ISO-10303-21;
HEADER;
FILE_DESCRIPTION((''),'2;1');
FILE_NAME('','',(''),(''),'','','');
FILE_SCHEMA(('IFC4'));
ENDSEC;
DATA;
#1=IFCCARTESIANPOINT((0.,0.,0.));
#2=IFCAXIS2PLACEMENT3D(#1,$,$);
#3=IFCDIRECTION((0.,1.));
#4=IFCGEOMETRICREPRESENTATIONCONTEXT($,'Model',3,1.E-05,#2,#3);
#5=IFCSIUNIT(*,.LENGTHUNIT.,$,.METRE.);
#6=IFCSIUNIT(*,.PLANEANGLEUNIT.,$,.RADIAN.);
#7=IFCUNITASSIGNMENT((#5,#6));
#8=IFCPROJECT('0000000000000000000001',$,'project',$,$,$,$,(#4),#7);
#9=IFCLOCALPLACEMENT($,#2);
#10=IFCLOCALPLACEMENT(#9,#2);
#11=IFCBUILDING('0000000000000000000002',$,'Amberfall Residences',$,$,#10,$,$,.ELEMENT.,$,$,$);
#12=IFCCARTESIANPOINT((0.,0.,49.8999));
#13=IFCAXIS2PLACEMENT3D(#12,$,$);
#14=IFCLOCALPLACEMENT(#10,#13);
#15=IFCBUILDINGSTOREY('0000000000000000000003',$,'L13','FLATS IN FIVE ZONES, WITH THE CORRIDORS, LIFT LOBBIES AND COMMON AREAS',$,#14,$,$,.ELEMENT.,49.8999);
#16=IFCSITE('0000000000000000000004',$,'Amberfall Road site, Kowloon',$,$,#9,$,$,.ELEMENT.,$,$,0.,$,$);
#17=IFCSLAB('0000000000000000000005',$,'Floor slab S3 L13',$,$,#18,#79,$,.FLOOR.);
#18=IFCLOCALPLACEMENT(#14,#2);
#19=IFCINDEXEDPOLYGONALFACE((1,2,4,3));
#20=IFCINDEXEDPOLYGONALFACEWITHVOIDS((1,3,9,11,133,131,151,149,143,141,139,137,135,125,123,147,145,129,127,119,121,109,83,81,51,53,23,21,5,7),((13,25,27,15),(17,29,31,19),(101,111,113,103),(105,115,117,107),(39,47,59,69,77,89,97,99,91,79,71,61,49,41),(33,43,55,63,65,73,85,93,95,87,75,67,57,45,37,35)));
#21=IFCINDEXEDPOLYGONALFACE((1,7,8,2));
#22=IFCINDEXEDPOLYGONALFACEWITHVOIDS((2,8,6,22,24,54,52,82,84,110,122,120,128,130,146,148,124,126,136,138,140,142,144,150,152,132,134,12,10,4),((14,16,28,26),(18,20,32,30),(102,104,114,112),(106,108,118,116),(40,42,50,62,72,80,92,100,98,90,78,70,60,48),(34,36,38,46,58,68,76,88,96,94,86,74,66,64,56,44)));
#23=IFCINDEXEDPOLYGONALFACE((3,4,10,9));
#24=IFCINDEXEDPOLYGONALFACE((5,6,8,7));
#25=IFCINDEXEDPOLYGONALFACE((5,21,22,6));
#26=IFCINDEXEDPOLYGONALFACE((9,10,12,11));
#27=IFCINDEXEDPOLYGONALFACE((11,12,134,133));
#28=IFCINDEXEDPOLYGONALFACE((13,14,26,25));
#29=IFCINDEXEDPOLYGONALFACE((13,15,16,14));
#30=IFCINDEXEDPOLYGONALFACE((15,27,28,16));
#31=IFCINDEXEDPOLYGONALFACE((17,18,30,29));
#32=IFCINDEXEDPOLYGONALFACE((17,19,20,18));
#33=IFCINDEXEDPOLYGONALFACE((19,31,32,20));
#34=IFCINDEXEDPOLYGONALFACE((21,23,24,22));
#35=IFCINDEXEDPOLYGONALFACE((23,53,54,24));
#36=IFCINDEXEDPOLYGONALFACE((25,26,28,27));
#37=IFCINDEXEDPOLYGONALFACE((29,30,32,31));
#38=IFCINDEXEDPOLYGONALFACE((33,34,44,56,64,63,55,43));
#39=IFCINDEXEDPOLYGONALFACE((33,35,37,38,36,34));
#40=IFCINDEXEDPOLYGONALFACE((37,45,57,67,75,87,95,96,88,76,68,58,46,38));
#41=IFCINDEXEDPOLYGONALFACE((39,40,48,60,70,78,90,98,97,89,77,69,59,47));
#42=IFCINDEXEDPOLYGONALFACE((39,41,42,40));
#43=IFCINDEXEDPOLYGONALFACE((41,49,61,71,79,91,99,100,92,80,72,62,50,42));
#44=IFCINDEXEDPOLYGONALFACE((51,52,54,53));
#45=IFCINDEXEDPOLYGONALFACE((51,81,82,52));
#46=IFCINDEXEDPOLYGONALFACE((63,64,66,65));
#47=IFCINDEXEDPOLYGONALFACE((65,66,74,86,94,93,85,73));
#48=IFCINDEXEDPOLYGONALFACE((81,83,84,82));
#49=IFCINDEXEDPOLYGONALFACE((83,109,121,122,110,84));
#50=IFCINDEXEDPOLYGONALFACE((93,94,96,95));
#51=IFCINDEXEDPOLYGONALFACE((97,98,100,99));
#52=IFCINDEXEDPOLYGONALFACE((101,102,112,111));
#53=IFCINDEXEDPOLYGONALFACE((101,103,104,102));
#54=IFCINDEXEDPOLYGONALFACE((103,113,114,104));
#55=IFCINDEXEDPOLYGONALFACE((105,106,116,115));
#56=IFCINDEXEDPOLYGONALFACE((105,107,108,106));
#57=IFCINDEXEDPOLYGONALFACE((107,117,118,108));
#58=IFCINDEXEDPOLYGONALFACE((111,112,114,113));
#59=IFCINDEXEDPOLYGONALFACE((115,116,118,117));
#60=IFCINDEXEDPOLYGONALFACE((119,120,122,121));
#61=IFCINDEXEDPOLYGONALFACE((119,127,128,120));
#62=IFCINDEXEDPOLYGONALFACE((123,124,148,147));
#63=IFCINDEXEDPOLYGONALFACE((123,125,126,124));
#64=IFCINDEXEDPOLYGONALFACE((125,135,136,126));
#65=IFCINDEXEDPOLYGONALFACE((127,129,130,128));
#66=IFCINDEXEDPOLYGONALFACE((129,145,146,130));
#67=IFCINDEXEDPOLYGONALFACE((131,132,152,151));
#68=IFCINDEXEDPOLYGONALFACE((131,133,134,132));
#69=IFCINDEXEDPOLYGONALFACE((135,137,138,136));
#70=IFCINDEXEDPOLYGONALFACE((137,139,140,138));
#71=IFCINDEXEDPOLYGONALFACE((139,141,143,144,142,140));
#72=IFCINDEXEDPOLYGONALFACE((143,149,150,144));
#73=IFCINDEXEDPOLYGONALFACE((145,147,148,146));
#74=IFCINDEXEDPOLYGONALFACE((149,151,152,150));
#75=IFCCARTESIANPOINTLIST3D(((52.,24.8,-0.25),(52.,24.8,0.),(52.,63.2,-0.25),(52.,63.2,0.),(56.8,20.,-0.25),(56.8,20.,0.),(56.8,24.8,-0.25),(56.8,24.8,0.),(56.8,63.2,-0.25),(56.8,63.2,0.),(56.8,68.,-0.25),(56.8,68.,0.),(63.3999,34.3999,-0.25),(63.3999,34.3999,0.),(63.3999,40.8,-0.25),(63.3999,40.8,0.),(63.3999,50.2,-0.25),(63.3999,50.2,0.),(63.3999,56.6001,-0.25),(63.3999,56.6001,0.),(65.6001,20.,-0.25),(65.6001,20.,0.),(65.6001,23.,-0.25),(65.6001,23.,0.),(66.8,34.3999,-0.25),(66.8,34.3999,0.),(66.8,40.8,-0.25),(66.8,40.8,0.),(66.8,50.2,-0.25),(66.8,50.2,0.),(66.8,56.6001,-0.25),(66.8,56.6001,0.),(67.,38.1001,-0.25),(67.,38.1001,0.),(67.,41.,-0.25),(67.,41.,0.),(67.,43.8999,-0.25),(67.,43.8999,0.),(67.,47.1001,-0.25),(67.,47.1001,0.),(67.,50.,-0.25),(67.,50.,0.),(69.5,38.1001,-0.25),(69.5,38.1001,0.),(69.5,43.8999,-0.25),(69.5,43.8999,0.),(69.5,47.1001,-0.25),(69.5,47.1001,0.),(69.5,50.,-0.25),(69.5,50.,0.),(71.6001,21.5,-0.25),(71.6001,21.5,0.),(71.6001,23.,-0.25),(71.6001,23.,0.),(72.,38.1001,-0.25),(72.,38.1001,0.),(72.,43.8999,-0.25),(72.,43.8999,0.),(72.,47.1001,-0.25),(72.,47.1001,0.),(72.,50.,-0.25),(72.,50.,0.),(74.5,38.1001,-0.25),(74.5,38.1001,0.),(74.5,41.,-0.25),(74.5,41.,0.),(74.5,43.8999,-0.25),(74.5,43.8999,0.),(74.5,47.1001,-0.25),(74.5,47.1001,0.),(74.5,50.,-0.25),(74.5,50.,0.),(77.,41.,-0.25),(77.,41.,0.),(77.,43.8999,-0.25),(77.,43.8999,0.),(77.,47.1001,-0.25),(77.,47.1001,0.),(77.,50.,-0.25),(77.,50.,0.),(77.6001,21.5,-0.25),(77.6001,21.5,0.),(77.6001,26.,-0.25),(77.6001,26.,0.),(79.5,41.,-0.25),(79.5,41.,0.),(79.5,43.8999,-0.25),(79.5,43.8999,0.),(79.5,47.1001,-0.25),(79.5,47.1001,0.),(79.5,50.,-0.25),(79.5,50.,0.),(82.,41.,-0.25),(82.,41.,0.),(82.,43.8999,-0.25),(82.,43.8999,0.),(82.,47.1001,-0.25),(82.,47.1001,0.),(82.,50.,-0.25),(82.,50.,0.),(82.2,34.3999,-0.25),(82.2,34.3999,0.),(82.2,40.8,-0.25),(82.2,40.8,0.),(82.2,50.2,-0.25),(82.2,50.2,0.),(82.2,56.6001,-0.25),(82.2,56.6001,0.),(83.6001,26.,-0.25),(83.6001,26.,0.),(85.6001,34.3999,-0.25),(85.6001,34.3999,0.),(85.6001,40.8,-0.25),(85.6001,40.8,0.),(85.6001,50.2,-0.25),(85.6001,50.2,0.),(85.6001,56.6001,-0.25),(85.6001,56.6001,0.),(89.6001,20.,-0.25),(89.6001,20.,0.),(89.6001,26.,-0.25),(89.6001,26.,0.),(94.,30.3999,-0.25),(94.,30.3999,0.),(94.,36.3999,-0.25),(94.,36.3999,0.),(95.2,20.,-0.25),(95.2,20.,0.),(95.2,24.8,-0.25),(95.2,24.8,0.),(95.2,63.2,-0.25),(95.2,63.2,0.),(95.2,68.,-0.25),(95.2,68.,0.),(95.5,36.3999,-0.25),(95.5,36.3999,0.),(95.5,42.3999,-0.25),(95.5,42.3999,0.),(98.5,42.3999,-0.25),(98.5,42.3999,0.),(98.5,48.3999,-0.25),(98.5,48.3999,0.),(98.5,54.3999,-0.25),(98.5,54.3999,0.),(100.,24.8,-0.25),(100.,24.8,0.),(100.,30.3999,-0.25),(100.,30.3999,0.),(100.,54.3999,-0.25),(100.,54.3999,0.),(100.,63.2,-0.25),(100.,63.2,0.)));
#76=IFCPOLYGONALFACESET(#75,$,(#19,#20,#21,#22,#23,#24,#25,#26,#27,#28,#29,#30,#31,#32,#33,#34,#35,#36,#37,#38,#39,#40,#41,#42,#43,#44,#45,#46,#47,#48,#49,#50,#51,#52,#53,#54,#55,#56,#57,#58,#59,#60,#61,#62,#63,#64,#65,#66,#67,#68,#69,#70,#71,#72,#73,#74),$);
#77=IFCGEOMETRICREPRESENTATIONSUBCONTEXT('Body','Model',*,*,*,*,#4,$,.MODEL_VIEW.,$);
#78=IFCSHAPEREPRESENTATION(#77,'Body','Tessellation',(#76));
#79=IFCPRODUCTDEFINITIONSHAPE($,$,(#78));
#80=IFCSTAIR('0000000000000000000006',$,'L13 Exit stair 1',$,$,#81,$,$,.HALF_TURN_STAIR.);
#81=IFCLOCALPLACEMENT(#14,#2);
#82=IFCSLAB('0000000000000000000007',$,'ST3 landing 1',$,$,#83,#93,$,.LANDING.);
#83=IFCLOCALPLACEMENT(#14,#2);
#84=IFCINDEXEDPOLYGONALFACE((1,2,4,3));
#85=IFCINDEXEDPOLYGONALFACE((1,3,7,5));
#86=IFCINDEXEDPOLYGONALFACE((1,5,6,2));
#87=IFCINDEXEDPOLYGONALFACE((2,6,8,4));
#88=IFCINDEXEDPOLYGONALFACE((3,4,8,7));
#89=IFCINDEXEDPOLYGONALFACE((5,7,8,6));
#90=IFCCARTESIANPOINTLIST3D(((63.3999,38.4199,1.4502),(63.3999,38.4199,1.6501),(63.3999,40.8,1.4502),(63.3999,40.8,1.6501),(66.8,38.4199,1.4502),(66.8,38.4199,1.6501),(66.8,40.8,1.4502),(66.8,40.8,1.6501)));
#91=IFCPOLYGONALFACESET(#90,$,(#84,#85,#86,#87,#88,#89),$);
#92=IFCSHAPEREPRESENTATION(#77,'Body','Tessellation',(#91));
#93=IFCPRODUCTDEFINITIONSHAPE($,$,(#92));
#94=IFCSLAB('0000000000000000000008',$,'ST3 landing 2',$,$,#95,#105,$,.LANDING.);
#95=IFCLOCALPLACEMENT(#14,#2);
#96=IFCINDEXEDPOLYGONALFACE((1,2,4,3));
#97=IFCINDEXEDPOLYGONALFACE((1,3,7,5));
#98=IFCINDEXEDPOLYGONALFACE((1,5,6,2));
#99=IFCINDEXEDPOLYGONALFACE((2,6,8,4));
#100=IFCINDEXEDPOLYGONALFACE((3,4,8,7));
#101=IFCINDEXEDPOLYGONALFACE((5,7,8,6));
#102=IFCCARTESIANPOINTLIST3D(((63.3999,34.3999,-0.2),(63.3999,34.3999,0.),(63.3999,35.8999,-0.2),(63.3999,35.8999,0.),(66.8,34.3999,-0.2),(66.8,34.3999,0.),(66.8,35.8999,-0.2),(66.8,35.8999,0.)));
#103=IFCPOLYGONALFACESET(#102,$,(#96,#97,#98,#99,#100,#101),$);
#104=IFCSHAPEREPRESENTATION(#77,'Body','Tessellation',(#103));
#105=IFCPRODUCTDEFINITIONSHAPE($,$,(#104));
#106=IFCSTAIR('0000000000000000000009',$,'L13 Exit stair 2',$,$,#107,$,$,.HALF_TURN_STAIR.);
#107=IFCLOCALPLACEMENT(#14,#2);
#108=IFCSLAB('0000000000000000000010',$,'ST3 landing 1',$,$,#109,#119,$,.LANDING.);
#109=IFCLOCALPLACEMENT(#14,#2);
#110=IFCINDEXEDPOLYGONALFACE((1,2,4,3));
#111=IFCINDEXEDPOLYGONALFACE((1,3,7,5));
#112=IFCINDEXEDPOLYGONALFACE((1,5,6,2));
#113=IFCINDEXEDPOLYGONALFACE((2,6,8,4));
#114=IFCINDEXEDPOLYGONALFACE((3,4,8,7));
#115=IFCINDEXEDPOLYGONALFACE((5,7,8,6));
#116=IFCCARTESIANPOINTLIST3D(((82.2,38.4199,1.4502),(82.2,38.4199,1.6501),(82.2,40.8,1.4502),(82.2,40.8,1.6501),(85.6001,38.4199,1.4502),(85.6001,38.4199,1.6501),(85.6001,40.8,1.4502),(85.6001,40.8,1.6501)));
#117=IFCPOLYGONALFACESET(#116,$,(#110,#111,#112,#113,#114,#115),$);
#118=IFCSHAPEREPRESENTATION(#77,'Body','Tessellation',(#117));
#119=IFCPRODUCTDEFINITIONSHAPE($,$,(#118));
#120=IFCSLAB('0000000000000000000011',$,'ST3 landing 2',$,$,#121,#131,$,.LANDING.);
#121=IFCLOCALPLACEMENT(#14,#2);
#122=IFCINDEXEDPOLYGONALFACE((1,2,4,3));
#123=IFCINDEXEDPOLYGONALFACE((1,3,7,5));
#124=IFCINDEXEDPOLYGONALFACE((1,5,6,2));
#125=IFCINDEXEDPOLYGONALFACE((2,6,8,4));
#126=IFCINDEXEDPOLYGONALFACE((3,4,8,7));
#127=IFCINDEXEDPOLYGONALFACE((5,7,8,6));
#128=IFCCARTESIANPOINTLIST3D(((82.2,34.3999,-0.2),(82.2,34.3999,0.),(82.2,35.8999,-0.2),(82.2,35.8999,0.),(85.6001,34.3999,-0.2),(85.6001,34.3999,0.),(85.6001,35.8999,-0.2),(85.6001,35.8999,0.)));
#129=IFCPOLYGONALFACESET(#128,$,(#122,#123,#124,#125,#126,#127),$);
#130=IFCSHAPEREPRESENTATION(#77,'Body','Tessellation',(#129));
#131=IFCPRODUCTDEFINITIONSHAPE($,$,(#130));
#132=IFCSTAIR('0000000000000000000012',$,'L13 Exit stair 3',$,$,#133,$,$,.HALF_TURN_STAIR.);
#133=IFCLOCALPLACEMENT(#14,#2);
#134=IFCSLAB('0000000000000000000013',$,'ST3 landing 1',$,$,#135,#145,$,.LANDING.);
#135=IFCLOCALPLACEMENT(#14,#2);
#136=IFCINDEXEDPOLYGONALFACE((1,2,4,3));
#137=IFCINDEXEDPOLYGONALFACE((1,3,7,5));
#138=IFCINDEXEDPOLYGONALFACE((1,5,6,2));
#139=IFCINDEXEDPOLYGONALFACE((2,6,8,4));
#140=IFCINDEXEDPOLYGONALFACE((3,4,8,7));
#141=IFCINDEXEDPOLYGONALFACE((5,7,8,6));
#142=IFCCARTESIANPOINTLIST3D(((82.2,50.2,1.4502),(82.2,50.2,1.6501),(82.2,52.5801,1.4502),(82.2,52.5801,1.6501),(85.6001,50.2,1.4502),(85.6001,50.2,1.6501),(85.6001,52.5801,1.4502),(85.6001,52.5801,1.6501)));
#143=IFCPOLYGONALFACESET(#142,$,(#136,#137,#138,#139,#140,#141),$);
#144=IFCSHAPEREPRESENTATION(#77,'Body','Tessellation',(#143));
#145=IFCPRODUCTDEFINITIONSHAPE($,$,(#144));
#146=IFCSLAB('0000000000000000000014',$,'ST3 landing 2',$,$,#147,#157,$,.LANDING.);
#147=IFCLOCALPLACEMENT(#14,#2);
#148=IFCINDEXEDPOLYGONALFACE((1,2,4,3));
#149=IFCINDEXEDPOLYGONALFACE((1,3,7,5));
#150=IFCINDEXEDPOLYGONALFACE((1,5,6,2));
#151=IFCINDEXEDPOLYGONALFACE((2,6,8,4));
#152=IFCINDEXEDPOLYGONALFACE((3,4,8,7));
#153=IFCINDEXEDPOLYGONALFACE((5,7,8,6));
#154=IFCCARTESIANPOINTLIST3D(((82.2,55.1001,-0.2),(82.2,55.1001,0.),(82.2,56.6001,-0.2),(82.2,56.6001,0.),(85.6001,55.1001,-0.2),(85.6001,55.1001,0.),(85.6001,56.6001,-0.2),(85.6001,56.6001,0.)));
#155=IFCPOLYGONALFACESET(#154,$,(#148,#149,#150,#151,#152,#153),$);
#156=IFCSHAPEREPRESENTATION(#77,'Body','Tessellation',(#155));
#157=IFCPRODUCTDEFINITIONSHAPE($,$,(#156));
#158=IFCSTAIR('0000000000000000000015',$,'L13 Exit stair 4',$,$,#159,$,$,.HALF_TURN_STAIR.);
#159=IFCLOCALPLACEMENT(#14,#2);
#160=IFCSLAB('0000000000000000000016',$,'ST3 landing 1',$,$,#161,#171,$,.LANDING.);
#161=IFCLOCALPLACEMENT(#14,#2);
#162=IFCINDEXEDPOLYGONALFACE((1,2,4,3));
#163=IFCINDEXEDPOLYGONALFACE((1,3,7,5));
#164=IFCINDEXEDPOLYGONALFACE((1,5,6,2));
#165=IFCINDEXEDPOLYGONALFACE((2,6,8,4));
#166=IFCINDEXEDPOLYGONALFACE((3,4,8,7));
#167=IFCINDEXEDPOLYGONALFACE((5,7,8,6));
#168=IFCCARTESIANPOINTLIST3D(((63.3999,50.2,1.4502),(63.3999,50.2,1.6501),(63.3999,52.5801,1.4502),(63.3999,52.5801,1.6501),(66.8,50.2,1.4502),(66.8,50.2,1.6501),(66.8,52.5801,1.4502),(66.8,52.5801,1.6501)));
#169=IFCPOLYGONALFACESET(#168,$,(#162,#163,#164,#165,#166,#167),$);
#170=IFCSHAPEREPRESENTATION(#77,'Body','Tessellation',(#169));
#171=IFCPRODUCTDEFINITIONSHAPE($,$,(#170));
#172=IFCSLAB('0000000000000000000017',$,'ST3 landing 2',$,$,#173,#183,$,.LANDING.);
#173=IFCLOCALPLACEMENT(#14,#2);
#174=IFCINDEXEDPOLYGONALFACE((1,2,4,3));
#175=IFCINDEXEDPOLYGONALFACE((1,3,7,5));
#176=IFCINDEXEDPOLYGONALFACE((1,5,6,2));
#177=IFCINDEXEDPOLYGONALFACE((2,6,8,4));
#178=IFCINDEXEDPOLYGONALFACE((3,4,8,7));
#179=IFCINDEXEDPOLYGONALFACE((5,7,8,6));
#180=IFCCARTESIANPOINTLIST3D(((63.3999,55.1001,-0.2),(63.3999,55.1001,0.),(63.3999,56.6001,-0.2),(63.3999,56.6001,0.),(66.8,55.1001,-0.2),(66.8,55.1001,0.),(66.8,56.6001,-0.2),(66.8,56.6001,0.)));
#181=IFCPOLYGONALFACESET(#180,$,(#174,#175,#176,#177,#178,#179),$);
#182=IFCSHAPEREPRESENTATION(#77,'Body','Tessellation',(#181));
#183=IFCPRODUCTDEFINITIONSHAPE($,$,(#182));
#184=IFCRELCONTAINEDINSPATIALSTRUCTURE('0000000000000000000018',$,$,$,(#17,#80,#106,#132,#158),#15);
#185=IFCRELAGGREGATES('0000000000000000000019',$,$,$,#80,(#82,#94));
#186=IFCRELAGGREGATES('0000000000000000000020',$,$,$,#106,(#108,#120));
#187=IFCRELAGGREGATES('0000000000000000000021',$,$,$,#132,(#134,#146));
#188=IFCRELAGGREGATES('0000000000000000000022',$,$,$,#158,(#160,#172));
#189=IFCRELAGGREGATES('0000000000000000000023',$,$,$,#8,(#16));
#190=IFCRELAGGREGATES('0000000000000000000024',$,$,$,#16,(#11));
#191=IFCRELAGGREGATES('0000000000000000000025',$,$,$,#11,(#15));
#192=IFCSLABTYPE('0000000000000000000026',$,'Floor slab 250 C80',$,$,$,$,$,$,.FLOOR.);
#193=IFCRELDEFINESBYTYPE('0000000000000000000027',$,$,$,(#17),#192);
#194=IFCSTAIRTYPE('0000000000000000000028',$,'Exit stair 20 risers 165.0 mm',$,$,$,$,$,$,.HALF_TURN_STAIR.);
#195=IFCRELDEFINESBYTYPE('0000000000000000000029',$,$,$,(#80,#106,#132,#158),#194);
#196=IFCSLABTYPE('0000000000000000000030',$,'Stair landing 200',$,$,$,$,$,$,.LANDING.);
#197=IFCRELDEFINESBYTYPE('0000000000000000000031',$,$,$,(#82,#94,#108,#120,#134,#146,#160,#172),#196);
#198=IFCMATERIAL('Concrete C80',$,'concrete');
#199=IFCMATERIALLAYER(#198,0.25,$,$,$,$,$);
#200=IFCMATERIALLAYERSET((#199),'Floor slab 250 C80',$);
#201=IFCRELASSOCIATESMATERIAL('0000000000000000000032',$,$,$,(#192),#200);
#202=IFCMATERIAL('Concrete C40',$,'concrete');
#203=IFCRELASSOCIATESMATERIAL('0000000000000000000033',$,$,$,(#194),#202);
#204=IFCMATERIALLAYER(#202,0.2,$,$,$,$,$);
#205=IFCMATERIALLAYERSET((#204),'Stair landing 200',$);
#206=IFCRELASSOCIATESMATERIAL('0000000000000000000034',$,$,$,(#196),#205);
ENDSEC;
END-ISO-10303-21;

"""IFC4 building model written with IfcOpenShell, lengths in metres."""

from ifc_helpers import new_model, si_unit, direction, frame, origin, place, context, subcontext, project, spatial, polyline, outline, extrude, material, layer, layer_set, type_object, element, aggregate, save


model = new_model("IFC4")

# Units and contexts
model_context = context("Model", 3, precision=1e-05, world=origin(), true_north=direction((0.0, 1.0)))
body_context = subcontext(model_context, "Body", "Model", "MODEL_VIEW")
ifc_project = project(units=[si_unit("LENGTHUNIT", "METRE"), si_unit("PLANEANGLEUNIT", "RADIAN")], contexts=[model_context])

# Site, building, storey
site_placement = place(None, origin())
site = spatial("IfcSite", under=ifc_project, at=site_placement, Name="Amberfall Road site, Kowloon", CompositionType="ELEMENT", RefElevation=0.0)
building_placement = place(site_placement, origin())
building = spatial("IfcBuilding", under=site, at=building_placement, Name="Amberfall Residences", CompositionType="ELEMENT")
storey_placement = place(building_placement, frame((0.0, 0.0, 49.8999)))
storey = spatial("IfcBuildingStorey", under=building, at=storey_placement, Name="L13", Description="FLATS IN FIVE ZONES, WITH THE CORRIDORS, LIFT LOBBIES AND COMMON AREAS", CompositionType="ELEMENT", Elevation=49.8999)

# Slab
ifc_material_1 = material(Name="Concrete C80", Category="concrete")
ifc_layer_1 = layer(ifc_material_1, 0.25)
ifc_layer_set_1 = layer_set([ifc_layer_1], Name="Floor slab 250 C80")
slab_type_1 = type_object("IfcSlabType", Name="Floor slab 250 C80", PredefinedType="FLOOR", material=ifc_layer_set_1)
slab_1_placement = place(storey_placement, frame((0.0, 0.0, -0.25)))
element("IfcSlab", 1, at=slab_1_placement, inside=storey, type_object=slab_type_1, Name="Floor slab S3 L13", PredefinedType="FLOOR", context=body_context, shape_type="SweptSolid", body=[
    extrude(outline(polyline([(89.6001, 20.0), (89.6001, 26.0), (83.6001, 26.0), (77.6001, 26.0), (77.6001, 21.5), (71.6001, 21.5), (71.6001, 23.0), (65.6001, 23.0), (65.6001, 20.0), (56.8, 20.0), (56.8, 24.8), (52.0, 24.8), (52.0, 63.2), (56.8, 63.2), (56.8, 68.0), (95.2, 68.0), (95.2, 63.2), (100.0, 63.2), (100.0, 54.3999), (98.5, 54.3999), (98.5, 48.3999), (98.5, 42.3999), (95.5, 42.3999), (95.5, 36.3999), (94.0, 36.3999), (94.0, 30.3999), (100.0, 30.3999), (100.0, 24.8), (95.2, 24.8), (95.2, 20.0), (89.6001, 20.0)]), holes=[polyline([(85.6001, 34.3999), (85.6001, 40.8), (82.2, 40.8), (82.2, 34.3999), (85.6001, 34.3999)]), polyline([(82.2, 50.2), (85.6001, 50.2), (85.6001, 56.6001), (82.2, 56.6001), (82.2, 50.2)]), polyline([(69.5, 50.0), (67.0, 50.0), (67.0, 47.1001), (69.5, 47.1001), (72.0, 47.1001), (74.5, 47.1001), (77.0, 47.1001), (79.5, 47.1001), (82.0, 47.1001), (82.0, 50.0), (79.5, 50.0), (77.0, 50.0), (74.5, 50.0), (72.0, 50.0), (69.5, 50.0)]), polyline([(74.5, 41.0), (77.0, 41.0), (79.5, 41.0), (82.0, 41.0), (82.0, 43.8999), (79.5, 43.8999), (77.0, 43.8999), (74.5, 43.8999), (72.0, 43.8999), (69.5, 43.8999), (67.0, 43.8999), (67.0, 41.0), (67.0, 38.1001), (69.5, 38.1001), (72.0, 38.1001), (74.5, 38.1001), (74.5, 41.0)]), polyline([(66.8, 34.3999), (66.8, 40.8), (63.3999, 40.8), (63.3999, 34.3999), (66.8, 34.3999)]), polyline([(66.8, 50.2), (66.8, 56.6001), (63.3999, 56.6001), (63.3999, 50.2), (66.8, 50.2)])]), origin(), (0.0, 0.0, 1.0), 0.25),
])

# Stairs, slabs
ifc_material_2 = material(Name="Concrete C40", Category="concrete")
stair_type = type_object("IfcStairType", Name="Exit stair 20 risers 165.0 mm", PredefinedType="HALF_TURN_STAIR", material=ifc_material_2)
stair_1_placement = place(storey_placement, origin())
stair_1 = element("IfcStair", 2, at=stair_1_placement, inside=storey, type_object=stair_type, Name="L13 Exit stair 1", PredefinedType="HALF_TURN_STAIR")
ifc_layer_2 = layer(ifc_material_2, 0.2)
ifc_layer_set_2 = layer_set([ifc_layer_2], Name="Stair landing 200")
slab_type_2 = type_object("IfcSlabType", Name="Stair landing 200", PredefinedType="LANDING", material=ifc_layer_set_2)
slab_2_placement = place(storey_placement, frame((0.0, 0.0, 1.4502)))
slab_2 = element("IfcSlab", 3, at=slab_2_placement, type_object=slab_type_2, Name="ST3 landing 1", PredefinedType="LANDING", context=body_context, shape_type="SweptSolid", body=[
    extrude(outline(polyline([(66.8, 38.4199), (66.8, 40.8), (63.3999, 40.8), (63.3999, 38.4199), (66.8, 38.4199)])), origin(), (0.0, 0.0, 1.0), 0.2),
])
slab_3_placement = place(storey_placement, frame((0.0, 0.0, -0.2)))
slab_3 = element("IfcSlab", 4, at=slab_3_placement, type_object=slab_type_2, Name="ST3 landing 2", PredefinedType="LANDING", context=body_context, shape_type="SweptSolid", body=[
    extrude(outline(polyline([(66.8, 34.3999), (66.8, 35.8999), (63.3999, 35.8999), (63.3999, 34.3999), (66.8, 34.3999)])), origin(), (0.0, 0.0, 1.0), 0.2),
])
aggregate(stair_1, [slab_2, slab_3])
stair_2_placement = place(storey_placement, origin())
stair_2 = element("IfcStair", 5, at=stair_2_placement, inside=storey, type_object=stair_type, Name="L13 Exit stair 2", PredefinedType="HALF_TURN_STAIR")
slab_4_placement = place(storey_placement, frame((0.0, 0.0, 1.4502)))
slab_4 = element("IfcSlab", 6, at=slab_4_placement, type_object=slab_type_2, Name="ST3 landing 1", PredefinedType="LANDING", context=body_context, shape_type="SweptSolid", body=[
    extrude(outline(polyline([(85.6001, 38.4199), (85.6001, 40.8), (82.2, 40.8), (82.2, 38.4199), (85.6001, 38.4199)])), origin(), (0.0, 0.0, 1.0), 0.2),
])
slab_5_placement = place(storey_placement, frame((0.0, 0.0, -0.2)))
slab_5 = element("IfcSlab", 7, at=slab_5_placement, type_object=slab_type_2, Name="ST3 landing 2", PredefinedType="LANDING", context=body_context, shape_type="SweptSolid", body=[
    extrude(outline(polyline([(85.6001, 34.3999), (85.6001, 35.8999), (82.2, 35.8999), (82.2, 34.3999), (85.6001, 34.3999)])), origin(), (0.0, 0.0, 1.0), 0.2),
])
aggregate(stair_2, [slab_4, slab_5])
stair_3_placement = place(storey_placement, origin())
stair_3 = element("IfcStair", 8, at=stair_3_placement, inside=storey, type_object=stair_type, Name="L13 Exit stair 3", PredefinedType="HALF_TURN_STAIR")
slab_6_placement = place(storey_placement, frame((0.0, 0.0, 1.4502)))
slab_6 = element("IfcSlab", 9, at=slab_6_placement, type_object=slab_type_2, Name="ST3 landing 1", PredefinedType="LANDING", context=body_context, shape_type="SweptSolid", body=[
    extrude(outline(polyline([(82.2, 52.5801), (82.2, 50.2), (85.6001, 50.2), (85.6001, 52.5801), (82.2, 52.5801)])), origin(), (0.0, 0.0, 1.0), 0.2),
])
slab_7_placement = place(storey_placement, frame((0.0, 0.0, -0.2)))
slab_7 = element("IfcSlab", 10, at=slab_7_placement, type_object=slab_type_2, Name="ST3 landing 2", PredefinedType="LANDING", context=body_context, shape_type="SweptSolid", body=[
    extrude(outline(polyline([(82.2, 56.6001), (82.2, 55.1001), (85.6001, 55.1001), (85.6001, 56.6001), (82.2, 56.6001)])), origin(), (0.0, 0.0, 1.0), 0.2),
])
aggregate(stair_3, [slab_6, slab_7])
stair_4_placement = place(storey_placement, origin())
stair_4 = element("IfcStair", 11, at=stair_4_placement, inside=storey, type_object=stair_type, Name="L13 Exit stair 4", PredefinedType="HALF_TURN_STAIR")
slab_8_placement = place(storey_placement, frame((0.0, 0.0, 1.4502)))
slab_8 = element("IfcSlab", 12, at=slab_8_placement, type_object=slab_type_2, Name="ST3 landing 1", PredefinedType="LANDING", context=body_context, shape_type="SweptSolid", body=[
    extrude(outline(polyline([(63.3999, 52.5801), (63.3999, 50.2), (66.8, 50.2), (66.8, 52.5801), (63.3999, 52.5801)])), origin(), (0.0, 0.0, 1.0), 0.2),
])
slab_9_placement = place(storey_placement, frame((0.0, 0.0, -0.2)))
slab_9 = element("IfcSlab", 13, at=slab_9_placement, type_object=slab_type_2, Name="ST3 landing 2", PredefinedType="LANDING", context=body_context, shape_type="SweptSolid", body=[
    extrude(outline(polyline([(63.3999, 56.6001), (63.3999, 55.1001), (66.8, 55.1001), (66.8, 56.6001), (63.3999, 56.6001)])), origin(), (0.0, 0.0, 1.0), 0.2),
])
aggregate(stair_4, [slab_8, slab_9])

save(model, "model.ifc")
